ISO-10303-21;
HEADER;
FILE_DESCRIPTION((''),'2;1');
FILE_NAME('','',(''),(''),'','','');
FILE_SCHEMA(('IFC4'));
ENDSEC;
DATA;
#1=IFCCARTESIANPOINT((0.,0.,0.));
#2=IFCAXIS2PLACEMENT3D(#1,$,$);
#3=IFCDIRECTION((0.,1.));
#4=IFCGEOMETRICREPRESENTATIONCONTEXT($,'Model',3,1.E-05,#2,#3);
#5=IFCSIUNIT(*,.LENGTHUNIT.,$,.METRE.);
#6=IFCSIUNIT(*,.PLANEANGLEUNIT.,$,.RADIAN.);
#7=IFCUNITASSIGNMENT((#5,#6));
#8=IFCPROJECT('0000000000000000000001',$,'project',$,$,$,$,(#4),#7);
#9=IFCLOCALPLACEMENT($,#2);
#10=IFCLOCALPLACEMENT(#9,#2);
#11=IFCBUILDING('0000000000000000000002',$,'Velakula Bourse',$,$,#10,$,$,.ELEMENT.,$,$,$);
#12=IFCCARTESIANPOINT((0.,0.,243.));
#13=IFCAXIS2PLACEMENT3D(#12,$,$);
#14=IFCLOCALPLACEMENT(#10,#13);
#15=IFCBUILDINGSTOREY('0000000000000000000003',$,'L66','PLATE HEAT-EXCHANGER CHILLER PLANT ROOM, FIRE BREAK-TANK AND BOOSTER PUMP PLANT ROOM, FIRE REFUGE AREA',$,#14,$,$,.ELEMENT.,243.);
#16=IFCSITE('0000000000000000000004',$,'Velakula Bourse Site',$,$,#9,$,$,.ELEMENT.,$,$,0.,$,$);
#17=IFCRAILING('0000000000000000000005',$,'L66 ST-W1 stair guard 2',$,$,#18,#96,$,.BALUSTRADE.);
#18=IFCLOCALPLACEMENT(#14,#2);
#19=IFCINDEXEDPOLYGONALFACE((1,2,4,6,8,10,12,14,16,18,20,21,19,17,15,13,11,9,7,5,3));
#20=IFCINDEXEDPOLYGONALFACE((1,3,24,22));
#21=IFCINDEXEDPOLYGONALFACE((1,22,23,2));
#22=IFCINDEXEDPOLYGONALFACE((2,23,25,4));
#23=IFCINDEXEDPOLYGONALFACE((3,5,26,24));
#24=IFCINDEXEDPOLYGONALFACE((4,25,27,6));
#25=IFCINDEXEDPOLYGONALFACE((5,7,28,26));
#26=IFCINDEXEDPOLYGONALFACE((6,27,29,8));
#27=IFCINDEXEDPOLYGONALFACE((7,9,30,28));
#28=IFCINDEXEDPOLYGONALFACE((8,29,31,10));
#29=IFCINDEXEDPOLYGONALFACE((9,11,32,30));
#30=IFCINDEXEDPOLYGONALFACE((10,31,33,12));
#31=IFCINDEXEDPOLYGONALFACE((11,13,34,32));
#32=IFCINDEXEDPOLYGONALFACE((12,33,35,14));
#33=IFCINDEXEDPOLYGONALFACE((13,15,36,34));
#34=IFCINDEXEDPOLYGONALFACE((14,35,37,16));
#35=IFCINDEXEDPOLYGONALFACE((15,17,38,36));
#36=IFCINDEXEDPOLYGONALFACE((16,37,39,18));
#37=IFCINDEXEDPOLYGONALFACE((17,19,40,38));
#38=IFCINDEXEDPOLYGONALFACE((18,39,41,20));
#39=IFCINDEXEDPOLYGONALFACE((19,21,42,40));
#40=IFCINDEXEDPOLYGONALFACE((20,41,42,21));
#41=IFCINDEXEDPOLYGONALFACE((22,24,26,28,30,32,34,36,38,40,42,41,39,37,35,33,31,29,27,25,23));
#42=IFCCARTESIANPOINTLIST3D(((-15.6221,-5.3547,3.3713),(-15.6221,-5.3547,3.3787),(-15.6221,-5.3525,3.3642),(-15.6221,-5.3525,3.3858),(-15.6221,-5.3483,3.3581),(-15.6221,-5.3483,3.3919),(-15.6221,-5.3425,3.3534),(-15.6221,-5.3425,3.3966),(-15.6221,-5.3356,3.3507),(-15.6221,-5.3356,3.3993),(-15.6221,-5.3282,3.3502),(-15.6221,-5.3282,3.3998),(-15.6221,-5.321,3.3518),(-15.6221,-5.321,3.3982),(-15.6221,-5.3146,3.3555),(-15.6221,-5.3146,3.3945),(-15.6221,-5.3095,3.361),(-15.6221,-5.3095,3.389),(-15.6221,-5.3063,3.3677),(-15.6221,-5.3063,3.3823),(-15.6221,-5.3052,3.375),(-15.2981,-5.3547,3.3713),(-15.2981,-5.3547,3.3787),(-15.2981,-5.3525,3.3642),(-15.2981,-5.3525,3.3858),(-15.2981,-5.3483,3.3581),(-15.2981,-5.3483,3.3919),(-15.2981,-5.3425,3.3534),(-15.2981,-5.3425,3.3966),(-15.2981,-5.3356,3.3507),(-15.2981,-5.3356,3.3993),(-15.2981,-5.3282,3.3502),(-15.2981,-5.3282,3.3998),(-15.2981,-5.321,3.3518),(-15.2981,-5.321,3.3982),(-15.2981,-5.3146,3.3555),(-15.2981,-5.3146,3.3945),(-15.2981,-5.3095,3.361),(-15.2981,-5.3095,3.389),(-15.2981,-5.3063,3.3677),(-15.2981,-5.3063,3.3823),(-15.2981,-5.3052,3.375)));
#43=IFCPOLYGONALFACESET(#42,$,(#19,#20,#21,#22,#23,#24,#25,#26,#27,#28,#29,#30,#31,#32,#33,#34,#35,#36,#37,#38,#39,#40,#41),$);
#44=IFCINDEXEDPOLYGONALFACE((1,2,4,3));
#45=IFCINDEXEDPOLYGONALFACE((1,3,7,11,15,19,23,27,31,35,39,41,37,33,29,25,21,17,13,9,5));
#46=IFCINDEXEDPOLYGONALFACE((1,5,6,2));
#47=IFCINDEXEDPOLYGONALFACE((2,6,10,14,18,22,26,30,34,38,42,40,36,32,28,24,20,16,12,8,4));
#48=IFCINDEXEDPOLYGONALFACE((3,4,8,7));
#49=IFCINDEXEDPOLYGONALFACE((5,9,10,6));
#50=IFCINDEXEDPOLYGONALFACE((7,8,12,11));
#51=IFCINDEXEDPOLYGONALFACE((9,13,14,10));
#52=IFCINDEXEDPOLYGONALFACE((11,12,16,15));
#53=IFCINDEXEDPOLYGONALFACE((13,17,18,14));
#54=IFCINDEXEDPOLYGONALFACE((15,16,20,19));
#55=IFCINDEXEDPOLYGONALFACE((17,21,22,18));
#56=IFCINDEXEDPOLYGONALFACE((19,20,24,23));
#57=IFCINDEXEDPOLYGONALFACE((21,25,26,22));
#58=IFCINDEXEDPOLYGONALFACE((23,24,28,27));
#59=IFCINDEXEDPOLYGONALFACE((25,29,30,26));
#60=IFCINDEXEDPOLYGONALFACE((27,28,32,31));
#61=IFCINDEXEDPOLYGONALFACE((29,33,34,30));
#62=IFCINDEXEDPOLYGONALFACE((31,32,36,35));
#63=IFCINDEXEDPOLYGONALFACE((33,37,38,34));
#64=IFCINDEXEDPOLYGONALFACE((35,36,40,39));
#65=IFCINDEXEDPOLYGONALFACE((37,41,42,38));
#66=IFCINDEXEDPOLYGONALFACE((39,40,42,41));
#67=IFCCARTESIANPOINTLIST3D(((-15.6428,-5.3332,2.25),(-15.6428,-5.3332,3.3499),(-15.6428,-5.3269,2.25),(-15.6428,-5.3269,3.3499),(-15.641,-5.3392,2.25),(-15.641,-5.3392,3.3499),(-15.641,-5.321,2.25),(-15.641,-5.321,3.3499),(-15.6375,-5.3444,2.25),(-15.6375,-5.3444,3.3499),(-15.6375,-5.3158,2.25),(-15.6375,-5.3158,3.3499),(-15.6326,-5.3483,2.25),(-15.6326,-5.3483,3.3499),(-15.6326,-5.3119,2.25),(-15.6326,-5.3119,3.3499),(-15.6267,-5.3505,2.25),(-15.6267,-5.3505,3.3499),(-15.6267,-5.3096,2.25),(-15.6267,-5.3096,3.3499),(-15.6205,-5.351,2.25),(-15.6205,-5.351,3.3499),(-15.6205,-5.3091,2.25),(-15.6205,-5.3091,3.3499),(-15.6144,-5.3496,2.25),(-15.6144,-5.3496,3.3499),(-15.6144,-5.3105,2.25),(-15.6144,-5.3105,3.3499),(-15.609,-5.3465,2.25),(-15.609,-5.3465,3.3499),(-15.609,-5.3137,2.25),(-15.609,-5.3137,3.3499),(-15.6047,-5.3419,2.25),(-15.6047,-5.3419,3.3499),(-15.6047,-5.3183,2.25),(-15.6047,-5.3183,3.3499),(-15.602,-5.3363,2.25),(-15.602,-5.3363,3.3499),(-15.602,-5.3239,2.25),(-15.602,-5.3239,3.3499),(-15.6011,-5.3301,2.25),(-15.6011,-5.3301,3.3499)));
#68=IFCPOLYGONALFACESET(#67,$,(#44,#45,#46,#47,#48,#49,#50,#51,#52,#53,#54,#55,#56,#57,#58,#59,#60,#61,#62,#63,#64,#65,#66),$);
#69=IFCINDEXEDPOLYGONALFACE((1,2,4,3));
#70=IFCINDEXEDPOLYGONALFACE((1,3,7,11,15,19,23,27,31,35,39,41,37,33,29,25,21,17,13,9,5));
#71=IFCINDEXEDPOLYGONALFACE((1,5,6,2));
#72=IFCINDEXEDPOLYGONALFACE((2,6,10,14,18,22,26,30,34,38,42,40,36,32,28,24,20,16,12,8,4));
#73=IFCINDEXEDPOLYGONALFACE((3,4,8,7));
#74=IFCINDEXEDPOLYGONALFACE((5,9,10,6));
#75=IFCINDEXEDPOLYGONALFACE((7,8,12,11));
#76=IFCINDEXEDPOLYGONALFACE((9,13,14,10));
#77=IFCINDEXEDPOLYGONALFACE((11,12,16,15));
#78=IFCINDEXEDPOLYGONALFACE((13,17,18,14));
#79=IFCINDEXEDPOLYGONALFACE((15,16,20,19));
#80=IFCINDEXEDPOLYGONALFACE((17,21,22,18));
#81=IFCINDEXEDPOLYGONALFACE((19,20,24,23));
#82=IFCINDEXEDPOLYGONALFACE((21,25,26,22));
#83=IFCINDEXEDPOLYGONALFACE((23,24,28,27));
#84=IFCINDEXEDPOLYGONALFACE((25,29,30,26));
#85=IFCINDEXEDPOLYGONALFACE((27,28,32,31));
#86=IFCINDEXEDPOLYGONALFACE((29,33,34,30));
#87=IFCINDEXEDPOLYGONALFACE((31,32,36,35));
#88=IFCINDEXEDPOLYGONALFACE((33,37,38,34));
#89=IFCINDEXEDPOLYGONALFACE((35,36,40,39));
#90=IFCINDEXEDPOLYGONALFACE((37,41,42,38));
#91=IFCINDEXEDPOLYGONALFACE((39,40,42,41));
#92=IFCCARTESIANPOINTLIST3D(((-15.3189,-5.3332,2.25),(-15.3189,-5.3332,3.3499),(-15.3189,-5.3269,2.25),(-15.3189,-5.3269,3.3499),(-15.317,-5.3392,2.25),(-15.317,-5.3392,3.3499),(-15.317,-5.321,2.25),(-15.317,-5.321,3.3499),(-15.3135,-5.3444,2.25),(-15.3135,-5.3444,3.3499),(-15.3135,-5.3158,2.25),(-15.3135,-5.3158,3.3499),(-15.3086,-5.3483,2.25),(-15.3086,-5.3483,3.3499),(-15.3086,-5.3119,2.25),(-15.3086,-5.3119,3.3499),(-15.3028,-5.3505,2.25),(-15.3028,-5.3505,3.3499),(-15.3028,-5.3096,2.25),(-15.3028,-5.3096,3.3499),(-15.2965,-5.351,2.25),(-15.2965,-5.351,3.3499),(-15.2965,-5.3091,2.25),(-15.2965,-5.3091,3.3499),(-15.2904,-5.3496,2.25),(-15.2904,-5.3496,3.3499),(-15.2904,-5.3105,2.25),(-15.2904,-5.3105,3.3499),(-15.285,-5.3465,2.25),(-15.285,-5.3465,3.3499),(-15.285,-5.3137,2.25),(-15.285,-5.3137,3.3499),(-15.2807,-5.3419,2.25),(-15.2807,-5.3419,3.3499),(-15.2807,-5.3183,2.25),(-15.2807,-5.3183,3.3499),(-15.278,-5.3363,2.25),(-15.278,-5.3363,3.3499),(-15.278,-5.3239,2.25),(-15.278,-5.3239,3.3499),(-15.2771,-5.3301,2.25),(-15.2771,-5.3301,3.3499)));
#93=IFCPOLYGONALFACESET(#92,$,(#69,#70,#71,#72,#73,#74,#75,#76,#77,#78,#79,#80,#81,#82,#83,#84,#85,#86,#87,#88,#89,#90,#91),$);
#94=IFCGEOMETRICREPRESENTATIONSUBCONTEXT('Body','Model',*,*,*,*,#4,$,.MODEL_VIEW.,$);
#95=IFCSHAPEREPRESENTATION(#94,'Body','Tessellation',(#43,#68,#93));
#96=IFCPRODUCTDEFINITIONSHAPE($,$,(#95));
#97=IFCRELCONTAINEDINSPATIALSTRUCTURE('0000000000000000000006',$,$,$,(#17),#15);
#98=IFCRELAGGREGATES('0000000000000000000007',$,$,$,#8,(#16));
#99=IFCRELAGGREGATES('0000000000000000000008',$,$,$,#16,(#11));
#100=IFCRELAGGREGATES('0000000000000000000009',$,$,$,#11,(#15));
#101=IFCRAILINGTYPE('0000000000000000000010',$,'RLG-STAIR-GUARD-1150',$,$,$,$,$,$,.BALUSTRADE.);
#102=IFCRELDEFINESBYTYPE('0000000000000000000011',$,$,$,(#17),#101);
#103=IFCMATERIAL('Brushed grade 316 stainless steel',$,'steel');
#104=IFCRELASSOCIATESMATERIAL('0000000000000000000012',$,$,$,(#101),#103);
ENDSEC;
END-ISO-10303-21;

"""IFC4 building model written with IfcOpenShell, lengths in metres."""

from ifc_helpers import new_model, si_unit, direction, frame, origin, origin_2d, place, context, subcontext, project, spatial, circle, extrude, material, type_object, element, save


model = new_model("IFC4")

# Units and contexts
model_context = context("Model", 3, precision=1e-05, world=origin(), true_north=direction((0.0, 1.0)))
body_context = subcontext(model_context, "Body", "Model", "MODEL_VIEW")
ifc_project = project(units=[si_unit("LENGTHUNIT", "METRE"), si_unit("PLANEANGLEUNIT", "RADIAN")], contexts=[model_context])

# Site, building, storey
site_placement = place(None, origin())
site = spatial("IfcSite", under=ifc_project, at=site_placement, Name="Velakula Bourse Site", CompositionType="ELEMENT", RefElevation=0.0)
building_placement = place(site_placement, origin())
building = spatial("IfcBuilding", under=site, at=building_placement, Name="Velakula Bourse", CompositionType="ELEMENT")
storey_placement = place(building_placement, frame((0.0, 0.0, 243.0)))
storey = spatial("IfcBuildingStorey", under=building, at=storey_placement, Name="L66", Description="PLATE HEAT-EXCHANGER CHILLER PLANT ROOM, FIRE BREAK-TANK AND BOOSTER PUMP PLANT ROOM, FIRE REFUGE AREA", CompositionType="ELEMENT", Elevation=243.0)

# Shared definitions
ifc_material_1 = material(Name="Brushed grade 316 stainless steel", Category="steel")

# Railing
railing_type_1 = type_object("IfcRailingType", Name="RLG-STAIR-GUARD-1150", PredefinedType="BALUSTRADE", material=ifc_material_1)
railing_1_placement = place(storey_placement, frame((-15.6221, -5.3301, 2.25)))
element("IfcRailing", 1, at=railing_1_placement, inside=storey, type_object=railing_type_1, Name="L66 ST-W1 stair guard 2", PredefinedType="BALUSTRADE", context=body_context, shape_type="SweptSolid", body=[
    extrude(circle(Radius=0.0249, at=origin_2d()), frame((0.0, 0.0, 1.125), z_axis=(1.0, 0.0, 0.0), x_axis=(0.0, 1.0, 0.0)), (0.0, 0.0, 1.0), 0.324),
    extrude(circle(Radius=0.021, at=origin_2d()), origin(), (0.0, 0.0, 1.0), 1.0999),
    extrude(circle(Radius=0.021, at=origin_2d()), frame((0.324, 0.0, 0.0)), (0.0, 0.0, 1.0), 1.0999),
])

save(model, "model.ifc")
